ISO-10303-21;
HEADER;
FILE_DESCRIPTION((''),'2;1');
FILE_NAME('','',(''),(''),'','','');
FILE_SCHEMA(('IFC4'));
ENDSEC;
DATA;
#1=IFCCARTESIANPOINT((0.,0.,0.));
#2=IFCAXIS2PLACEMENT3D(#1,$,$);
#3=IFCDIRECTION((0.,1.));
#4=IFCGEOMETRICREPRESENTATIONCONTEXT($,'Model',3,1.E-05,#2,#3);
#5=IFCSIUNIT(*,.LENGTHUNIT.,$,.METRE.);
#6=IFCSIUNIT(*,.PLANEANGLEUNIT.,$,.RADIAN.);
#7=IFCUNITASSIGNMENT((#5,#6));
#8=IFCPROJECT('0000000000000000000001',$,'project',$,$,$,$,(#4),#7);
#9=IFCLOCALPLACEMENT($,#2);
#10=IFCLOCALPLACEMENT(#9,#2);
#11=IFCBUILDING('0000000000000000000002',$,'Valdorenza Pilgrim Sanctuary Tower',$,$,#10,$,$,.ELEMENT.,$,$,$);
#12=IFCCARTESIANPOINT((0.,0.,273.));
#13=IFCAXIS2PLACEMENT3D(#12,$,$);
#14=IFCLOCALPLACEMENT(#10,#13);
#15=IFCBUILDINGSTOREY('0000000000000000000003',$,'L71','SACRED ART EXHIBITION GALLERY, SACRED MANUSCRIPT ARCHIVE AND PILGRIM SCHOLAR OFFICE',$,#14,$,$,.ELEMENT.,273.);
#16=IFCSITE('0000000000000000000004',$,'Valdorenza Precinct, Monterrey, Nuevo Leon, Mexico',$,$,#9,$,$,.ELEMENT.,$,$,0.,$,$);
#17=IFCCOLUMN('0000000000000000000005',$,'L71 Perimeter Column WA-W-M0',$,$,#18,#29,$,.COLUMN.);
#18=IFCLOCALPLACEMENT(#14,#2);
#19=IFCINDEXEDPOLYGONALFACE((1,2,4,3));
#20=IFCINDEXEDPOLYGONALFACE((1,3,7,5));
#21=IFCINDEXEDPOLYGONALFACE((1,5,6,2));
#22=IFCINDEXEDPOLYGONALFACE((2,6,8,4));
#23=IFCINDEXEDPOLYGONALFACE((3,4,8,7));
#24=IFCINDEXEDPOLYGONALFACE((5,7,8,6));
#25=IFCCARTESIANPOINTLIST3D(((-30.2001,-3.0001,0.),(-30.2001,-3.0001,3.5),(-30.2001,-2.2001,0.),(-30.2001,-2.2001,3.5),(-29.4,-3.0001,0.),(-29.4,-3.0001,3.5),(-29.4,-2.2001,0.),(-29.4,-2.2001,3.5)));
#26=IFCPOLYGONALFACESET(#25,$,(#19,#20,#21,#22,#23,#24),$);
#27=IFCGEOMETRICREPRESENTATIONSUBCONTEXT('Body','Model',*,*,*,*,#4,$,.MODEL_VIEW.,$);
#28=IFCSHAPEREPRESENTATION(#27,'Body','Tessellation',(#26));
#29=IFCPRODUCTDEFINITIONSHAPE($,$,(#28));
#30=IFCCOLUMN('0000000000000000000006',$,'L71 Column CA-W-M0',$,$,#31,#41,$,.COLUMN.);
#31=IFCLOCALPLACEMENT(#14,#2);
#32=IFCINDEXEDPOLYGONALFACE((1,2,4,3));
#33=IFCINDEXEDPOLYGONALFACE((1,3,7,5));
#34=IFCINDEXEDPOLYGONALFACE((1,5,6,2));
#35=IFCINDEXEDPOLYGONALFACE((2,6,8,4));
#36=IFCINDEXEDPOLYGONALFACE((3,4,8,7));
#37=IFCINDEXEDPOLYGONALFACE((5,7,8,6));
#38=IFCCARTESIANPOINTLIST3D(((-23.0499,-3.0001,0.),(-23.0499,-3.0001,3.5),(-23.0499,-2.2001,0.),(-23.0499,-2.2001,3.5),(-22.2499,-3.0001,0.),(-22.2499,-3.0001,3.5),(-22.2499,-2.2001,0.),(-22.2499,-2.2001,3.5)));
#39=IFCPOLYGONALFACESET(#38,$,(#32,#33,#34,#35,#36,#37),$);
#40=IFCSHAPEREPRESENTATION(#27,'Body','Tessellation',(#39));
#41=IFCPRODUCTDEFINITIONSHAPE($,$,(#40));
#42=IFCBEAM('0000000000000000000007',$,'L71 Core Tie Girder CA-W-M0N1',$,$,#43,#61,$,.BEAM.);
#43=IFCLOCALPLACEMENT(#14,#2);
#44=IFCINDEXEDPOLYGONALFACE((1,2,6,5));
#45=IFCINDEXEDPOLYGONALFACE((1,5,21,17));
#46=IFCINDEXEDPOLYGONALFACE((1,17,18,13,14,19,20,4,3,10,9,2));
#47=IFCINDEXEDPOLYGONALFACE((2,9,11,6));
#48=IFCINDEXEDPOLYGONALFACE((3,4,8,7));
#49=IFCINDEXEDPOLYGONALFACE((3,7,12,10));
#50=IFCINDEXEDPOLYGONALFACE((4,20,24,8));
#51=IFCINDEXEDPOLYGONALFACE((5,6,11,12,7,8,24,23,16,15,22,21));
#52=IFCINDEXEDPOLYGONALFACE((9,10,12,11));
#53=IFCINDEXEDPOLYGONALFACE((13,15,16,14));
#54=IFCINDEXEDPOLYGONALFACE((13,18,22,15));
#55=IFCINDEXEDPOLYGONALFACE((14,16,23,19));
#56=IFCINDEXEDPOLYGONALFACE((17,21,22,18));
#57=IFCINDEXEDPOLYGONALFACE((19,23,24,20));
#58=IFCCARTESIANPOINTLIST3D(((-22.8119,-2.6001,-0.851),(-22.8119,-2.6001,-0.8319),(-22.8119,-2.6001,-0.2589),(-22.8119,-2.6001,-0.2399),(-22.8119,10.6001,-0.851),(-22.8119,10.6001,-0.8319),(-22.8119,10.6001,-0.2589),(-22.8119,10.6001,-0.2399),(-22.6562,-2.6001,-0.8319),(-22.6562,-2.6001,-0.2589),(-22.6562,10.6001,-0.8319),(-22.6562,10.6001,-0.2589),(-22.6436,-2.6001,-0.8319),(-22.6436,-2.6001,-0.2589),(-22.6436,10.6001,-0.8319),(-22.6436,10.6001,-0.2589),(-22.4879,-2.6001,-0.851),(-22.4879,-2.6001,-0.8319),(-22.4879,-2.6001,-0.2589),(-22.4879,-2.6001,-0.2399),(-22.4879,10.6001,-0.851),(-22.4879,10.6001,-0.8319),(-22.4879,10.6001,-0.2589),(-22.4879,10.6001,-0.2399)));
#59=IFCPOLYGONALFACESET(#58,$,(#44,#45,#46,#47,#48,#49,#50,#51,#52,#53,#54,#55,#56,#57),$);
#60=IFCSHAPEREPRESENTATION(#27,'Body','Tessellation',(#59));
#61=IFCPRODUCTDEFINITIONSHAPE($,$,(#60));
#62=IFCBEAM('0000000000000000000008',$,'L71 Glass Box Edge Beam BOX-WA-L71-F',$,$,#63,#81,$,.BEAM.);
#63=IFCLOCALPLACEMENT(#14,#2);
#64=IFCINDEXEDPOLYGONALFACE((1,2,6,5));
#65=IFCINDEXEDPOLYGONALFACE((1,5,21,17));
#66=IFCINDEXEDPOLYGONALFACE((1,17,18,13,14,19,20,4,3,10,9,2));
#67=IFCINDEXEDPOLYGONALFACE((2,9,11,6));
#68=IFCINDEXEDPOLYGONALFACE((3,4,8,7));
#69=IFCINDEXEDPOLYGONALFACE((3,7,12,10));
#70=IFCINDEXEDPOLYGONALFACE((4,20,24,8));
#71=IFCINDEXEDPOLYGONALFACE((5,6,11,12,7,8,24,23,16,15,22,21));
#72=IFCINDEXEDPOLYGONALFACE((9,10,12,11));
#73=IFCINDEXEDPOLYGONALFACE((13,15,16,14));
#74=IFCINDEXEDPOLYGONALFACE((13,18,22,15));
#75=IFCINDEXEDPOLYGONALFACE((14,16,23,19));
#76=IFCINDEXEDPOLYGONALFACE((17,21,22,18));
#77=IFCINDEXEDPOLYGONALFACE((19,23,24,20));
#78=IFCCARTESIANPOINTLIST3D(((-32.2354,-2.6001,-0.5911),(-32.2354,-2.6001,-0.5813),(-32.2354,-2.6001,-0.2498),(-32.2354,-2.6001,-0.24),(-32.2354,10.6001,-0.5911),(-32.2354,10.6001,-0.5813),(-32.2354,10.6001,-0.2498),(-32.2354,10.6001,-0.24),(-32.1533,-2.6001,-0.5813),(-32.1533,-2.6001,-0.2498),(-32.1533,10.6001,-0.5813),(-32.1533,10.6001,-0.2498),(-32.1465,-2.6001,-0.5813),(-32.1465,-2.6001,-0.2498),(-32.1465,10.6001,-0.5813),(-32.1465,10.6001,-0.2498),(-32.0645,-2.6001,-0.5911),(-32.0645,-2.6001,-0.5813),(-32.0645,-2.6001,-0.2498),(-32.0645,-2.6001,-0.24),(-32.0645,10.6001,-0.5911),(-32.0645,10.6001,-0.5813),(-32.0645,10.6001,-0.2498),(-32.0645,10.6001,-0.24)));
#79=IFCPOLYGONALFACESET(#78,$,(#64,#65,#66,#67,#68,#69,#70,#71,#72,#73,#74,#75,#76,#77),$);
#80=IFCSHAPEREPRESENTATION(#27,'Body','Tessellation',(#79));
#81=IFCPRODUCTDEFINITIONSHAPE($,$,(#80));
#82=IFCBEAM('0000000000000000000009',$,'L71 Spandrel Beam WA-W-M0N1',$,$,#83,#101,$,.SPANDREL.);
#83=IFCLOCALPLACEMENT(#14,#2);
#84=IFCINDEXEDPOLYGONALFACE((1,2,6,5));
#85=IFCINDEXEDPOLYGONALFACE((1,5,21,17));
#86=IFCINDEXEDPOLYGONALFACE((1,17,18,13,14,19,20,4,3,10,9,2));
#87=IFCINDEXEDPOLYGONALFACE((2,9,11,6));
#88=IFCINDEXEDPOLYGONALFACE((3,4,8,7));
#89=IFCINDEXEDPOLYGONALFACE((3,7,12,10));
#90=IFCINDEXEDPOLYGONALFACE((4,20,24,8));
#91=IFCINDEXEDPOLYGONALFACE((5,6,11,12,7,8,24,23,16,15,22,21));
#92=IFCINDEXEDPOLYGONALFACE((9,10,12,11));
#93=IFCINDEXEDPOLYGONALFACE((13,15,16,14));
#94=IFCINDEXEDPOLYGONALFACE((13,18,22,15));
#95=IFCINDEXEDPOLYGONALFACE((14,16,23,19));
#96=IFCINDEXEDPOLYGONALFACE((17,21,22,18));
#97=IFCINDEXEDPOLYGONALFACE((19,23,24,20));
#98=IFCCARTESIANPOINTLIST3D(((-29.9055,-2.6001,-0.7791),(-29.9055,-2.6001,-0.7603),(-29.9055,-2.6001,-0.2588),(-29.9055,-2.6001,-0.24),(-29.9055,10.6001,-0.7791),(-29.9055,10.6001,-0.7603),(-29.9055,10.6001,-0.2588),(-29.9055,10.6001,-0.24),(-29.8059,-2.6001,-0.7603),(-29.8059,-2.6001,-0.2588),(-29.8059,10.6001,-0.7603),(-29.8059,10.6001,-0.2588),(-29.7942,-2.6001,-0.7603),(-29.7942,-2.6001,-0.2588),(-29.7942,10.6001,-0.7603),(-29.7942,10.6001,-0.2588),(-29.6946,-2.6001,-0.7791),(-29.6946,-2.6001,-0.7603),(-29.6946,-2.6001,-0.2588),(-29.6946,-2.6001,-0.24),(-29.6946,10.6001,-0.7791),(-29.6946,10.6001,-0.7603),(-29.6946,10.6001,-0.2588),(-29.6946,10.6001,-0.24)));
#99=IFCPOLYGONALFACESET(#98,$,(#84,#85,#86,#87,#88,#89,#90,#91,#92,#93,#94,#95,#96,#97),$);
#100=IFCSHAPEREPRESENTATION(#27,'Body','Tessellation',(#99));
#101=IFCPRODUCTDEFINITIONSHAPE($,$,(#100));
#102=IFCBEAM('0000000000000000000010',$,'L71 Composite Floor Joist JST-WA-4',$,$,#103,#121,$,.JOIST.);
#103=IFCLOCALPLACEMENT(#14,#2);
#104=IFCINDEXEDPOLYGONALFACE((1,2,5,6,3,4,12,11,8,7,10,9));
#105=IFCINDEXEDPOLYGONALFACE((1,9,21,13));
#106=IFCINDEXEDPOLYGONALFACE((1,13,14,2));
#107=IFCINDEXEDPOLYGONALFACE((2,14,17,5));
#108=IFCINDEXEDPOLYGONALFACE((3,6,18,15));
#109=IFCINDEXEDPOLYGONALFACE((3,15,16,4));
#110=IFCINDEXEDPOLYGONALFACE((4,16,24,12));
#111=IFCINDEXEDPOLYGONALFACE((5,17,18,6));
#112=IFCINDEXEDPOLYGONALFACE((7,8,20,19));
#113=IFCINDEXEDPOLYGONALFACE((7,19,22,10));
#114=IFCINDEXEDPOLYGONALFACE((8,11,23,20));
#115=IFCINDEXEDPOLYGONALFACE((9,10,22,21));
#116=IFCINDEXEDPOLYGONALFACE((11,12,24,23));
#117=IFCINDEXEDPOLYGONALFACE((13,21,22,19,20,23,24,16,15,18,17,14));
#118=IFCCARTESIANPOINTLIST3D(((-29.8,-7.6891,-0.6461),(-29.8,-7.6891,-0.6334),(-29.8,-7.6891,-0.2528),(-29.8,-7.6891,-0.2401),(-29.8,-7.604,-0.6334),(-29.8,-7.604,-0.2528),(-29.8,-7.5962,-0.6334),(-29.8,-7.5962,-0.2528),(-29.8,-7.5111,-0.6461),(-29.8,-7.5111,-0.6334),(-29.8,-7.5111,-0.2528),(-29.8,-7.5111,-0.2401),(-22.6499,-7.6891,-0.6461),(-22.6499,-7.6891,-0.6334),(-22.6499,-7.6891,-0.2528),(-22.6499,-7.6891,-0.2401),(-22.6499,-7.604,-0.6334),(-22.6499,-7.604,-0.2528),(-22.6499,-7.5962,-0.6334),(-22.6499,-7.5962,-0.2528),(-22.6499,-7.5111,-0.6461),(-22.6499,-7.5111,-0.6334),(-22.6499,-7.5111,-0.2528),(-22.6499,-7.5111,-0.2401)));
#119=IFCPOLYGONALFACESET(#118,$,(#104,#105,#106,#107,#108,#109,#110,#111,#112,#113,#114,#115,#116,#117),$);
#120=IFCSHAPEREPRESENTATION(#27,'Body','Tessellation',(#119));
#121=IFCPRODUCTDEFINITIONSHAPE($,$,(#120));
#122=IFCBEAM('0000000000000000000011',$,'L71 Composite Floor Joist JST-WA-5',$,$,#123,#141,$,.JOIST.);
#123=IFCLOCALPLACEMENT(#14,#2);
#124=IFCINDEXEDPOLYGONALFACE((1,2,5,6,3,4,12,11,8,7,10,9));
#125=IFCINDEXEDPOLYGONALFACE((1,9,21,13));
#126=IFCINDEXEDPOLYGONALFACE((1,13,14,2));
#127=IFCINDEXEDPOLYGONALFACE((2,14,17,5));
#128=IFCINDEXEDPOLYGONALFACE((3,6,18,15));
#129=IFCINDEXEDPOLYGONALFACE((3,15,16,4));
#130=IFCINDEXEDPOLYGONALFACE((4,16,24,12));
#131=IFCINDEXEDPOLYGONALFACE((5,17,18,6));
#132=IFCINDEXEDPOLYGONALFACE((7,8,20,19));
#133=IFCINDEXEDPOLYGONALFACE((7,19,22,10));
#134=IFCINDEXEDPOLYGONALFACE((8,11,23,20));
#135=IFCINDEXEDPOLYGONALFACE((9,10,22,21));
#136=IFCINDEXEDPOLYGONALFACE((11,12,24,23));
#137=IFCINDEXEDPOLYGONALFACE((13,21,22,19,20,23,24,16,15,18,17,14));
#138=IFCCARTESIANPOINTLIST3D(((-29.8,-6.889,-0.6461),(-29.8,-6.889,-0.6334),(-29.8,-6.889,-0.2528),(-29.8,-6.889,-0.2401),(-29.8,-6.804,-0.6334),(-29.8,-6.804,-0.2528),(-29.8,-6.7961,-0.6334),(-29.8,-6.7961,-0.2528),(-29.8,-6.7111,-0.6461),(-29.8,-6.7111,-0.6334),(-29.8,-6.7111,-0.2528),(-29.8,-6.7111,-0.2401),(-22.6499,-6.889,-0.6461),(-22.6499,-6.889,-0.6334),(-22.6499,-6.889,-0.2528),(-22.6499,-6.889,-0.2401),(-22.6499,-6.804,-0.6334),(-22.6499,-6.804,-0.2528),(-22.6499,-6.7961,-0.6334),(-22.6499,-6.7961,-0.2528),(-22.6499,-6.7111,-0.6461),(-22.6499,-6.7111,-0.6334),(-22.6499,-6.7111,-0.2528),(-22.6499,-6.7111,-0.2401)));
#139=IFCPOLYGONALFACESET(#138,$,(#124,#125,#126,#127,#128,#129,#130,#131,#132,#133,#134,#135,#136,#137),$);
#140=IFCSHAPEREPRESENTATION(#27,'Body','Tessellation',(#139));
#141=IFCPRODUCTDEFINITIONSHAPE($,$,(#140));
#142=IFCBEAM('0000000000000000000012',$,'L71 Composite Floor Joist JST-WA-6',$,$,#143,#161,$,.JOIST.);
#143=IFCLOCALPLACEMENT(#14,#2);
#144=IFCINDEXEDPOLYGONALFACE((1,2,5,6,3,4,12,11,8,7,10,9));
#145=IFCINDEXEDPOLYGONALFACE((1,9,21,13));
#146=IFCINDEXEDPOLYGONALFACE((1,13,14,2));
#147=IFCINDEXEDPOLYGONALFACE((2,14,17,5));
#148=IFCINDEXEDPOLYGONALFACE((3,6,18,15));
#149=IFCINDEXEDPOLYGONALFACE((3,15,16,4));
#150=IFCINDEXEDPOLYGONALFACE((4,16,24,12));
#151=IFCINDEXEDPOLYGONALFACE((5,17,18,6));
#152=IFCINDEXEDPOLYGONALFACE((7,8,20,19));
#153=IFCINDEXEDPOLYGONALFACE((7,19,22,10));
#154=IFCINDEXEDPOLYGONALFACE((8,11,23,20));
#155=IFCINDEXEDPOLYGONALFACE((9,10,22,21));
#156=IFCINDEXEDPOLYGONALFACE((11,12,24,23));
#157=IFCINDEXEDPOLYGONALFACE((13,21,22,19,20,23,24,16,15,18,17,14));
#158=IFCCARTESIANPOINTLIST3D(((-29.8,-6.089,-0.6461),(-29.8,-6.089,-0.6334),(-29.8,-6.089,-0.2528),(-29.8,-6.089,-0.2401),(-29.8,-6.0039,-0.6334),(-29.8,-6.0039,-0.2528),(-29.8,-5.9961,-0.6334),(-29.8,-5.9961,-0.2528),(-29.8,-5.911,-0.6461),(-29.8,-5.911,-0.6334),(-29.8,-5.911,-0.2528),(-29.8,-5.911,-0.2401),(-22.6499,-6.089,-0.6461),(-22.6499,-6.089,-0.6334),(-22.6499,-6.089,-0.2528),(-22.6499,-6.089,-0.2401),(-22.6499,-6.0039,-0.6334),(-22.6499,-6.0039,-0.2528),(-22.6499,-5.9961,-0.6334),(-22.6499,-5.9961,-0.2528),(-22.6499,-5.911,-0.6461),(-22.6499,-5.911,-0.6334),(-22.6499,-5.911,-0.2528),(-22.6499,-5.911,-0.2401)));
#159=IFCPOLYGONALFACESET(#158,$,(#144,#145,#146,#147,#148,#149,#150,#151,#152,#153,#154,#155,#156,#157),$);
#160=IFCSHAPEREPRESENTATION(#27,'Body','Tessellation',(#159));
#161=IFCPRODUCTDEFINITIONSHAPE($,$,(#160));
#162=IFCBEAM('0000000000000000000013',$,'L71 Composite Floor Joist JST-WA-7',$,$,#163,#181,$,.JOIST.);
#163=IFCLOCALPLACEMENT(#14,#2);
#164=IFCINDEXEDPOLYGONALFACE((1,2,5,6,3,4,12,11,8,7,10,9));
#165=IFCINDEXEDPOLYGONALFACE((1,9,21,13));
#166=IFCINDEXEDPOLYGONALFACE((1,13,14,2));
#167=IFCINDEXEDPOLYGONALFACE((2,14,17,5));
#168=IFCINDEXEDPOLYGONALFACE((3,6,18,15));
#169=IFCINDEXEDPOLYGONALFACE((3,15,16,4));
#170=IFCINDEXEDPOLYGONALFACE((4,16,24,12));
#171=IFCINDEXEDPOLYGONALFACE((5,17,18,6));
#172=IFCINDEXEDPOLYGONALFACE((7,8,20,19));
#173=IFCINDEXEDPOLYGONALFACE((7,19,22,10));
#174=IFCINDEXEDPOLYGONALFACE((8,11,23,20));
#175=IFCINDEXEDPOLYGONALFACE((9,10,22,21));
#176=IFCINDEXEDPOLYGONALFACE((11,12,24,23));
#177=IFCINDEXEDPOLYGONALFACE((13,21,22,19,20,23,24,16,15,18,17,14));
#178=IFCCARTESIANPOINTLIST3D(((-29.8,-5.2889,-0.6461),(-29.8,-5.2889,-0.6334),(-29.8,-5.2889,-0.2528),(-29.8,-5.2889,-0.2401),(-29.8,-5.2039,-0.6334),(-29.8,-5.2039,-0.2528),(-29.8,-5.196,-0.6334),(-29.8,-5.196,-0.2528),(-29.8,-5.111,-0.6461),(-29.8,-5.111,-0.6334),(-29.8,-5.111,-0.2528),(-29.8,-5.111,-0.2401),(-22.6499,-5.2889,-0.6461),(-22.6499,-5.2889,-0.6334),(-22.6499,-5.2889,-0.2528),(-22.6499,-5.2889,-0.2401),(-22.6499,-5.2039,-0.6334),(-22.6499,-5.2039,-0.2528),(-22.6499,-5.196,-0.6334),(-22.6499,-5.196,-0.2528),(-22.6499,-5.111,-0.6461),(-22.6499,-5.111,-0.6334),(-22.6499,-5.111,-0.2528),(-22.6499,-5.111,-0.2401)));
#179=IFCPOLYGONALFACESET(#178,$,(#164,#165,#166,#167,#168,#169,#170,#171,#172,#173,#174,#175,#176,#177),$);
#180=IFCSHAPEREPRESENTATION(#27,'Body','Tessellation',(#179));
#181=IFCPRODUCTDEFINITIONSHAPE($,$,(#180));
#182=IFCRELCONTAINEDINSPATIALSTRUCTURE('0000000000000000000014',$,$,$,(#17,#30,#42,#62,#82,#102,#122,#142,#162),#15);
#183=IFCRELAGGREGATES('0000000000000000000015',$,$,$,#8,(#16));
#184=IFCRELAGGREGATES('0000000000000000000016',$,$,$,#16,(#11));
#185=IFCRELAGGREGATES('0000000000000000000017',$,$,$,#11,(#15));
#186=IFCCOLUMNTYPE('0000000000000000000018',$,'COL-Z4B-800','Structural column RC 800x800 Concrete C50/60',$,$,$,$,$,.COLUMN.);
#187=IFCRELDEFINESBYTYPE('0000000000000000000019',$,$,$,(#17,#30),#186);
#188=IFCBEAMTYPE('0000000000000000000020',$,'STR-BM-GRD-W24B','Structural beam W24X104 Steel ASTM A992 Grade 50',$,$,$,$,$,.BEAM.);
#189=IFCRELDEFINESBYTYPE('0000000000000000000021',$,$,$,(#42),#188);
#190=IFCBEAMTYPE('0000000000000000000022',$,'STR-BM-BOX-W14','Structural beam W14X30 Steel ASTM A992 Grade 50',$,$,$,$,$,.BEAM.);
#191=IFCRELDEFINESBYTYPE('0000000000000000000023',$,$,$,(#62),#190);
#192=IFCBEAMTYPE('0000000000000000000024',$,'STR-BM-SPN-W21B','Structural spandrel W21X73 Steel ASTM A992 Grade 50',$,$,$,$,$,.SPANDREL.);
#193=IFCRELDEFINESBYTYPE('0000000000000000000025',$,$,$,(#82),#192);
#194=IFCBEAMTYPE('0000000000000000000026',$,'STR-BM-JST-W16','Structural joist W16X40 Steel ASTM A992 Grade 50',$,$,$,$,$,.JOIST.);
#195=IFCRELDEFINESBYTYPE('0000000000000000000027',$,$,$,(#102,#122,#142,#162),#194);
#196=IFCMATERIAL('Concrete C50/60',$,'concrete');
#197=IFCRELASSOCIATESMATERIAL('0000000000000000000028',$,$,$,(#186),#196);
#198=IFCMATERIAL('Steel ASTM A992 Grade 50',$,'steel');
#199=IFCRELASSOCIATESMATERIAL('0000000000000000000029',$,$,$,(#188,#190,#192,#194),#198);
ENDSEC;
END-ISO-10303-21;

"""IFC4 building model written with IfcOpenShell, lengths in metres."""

from ifc_helpers import new_model, si_unit, direction, frame, origin, origin_2d, place, context, subcontext, project, spatial, rectangle, i_section, extrude, source, transform, mapped, material, material_profile, profile_set, type_object, element, save


model = new_model("IFC4")

# Units and contexts
model_context = context("Model", 3, precision=1e-05, world=origin(), true_north=direction((0.0, 1.0)))
body_context = subcontext(model_context, "Body", "Model", "MODEL_VIEW")
ifc_project = project(units=[si_unit("LENGTHUNIT", "METRE"), si_unit("PLANEANGLEUNIT", "RADIAN")], contexts=[model_context])

# Site, building, storey
site_placement = place(None, origin())
site = spatial("IfcSite", under=ifc_project, at=site_placement, Name="Valdorenza Precinct, Monterrey, Nuevo Leon, Mexico", CompositionType="ELEMENT", RefElevation=0.0)
building_placement = place(site_placement, origin())
building = spatial("IfcBuilding", under=site, at=building_placement, Name="Valdorenza Pilgrim Sanctuary Tower", CompositionType="ELEMENT")
storey_placement = place(building_placement, frame((0.0, 0.0, 273.0)))
storey = spatial("IfcBuildingStorey", under=building, at=storey_placement, Name="L71", Description="SACRED ART EXHIBITION GALLERY, SACRED MANUSCRIPT ARCHIVE AND PILGRIM SCHOLAR OFFICE", CompositionType="ELEMENT", Elevation=273.0)

# Columns
ifc_material_1 = material(Name="Concrete C50/60", Category="concrete")
ifc_material_profile_1 = material_profile(ifc_material_1, rectangle(XDim=0.8, YDim=0.8, at=origin_2d()), Name="RC 800x800")
ifc_profile_set_1 = profile_set([ifc_material_profile_1], Name="Concrete C50/60")
column_type = type_object("IfcColumnType", Name="COL-Z4B-800", Description="Structural column RC 800x800 Concrete C50/60", PredefinedType="COLUMN", material=ifc_profile_set_1)
shared_shape_1 = source(origin(), body_context, "Body", "SweptSolid", [
    extrude(rectangle(XDim=0.8, YDim=0.8, at=origin_2d()), origin(), (0.0, 0.0, 1.0), 3.5),
])
for number, where, z_axis, x_axis, name in (
    (1, (-29.8, -2.6001, 0.0), (0.0, 0.0, 1.0), (1.0, 0.0, 0.0), "L71 Perimeter Column WA-W-M0"),
    (2, (-22.6499, -2.6001, 0.0), (0.0, 0.0, 1.0), (1.0, 0.0, 0.0), "L71 Column CA-W-M0"),
):
    element("IfcColumn", number, at=place(storey_placement, frame(where, z_axis=z_axis, x_axis=x_axis)), inside=storey, type_object=column_type, Name=name, PredefinedType="COLUMN", context=body_context, shape_type="MappedRepresentation", body=[
        mapped(shared_shape_1, transform((0.0, 0.0, 0.0), x_axis=(1.0, 0.0, 0.0), y_axis=(0.0, 1.0, 0.0), z_axis=(0.0, 0.0, 1.0), scale=1.0)),
    ])

# Beams
ifc_material_2 = material(Name="Steel ASTM A992 Grade 50", Category="steel")
ifc_material_profile_2 = material_profile(ifc_material_2, i_section(OverallWidth=0.324, OverallDepth=0.6111, WebThickness=0.0127, FlangeThickness=0.019, at=origin_2d()), Name="W24X104")
ifc_profile_set_2 = profile_set([ifc_material_profile_2], Name="Steel ASTM A992 Grade 50")
beam_type_1 = type_object("IfcBeamType", Name="STR-BM-GRD-W24B", Description="Structural beam W24X104 Steel ASTM A992 Grade 50", PredefinedType="BEAM", material=ifc_profile_set_2)
shared_shape_2 = source(origin(), body_context, "Body", "SweptSolid", [
    extrude(i_section(OverallWidth=0.324, OverallDepth=0.6111, WebThickness=0.0127, FlangeThickness=0.019, at=origin_2d()), origin(), (0.0, 0.0, 1.0), 13.2002),
])
beam_1_placement = place(storey_placement, frame((-22.6499, -2.6001, -0.5454), z_axis=(0.0, 1.0, 0.0), x_axis=(-1.0, 0.0, 0.0)))
element("IfcBeam", 3, at=beam_1_placement, inside=storey, type_object=beam_type_1, Name="L71 Core Tie Girder CA-W-M0N1", PredefinedType="BEAM", context=body_context, shape_type="MappedRepresentation", body=[
    mapped(shared_shape_2, transform((0.0, 0.0, 0.0), x_axis=(1.0, 0.0, 0.0), y_axis=(0.0, 1.0, 0.0), z_axis=(0.0, 0.0, 1.0), scale=1.0)),
])
ifc_material_profile_3 = material_profile(ifc_material_2, i_section(OverallWidth=0.1709, OverallDepth=0.3511, WebThickness=0.0068, FlangeThickness=0.0098, at=origin_2d()), Name="W14X30")
ifc_profile_set_3 = profile_set([ifc_material_profile_3], Name="Steel ASTM A992 Grade 50")
beam_type_2 = type_object("IfcBeamType", Name="STR-BM-BOX-W14", Description="Structural beam W14X30 Steel ASTM A992 Grade 50", PredefinedType="BEAM", material=ifc_profile_set_3)
shared_shape_3 = source(origin(), body_context, "Body", "SweptSolid", [
    extrude(i_section(OverallWidth=0.1709, OverallDepth=0.3511, WebThickness=0.0068, FlangeThickness=0.0098, at=origin_2d()), origin(), (0.0, 0.0, 1.0), 13.2002),
])
beam_2_placement = place(storey_placement, frame((-32.1499, -2.6001, -0.4155), z_axis=(0.0, 1.0, 0.0), x_axis=(-1.0, 0.0, 0.0)))
element("IfcBeam", 4, at=beam_2_placement, inside=storey, type_object=beam_type_2, Name="L71 Glass Box Edge Beam BOX-WA-L71-F", PredefinedType="BEAM", context=body_context, shape_type="MappedRepresentation", body=[
    mapped(shared_shape_3, transform((0.0, 0.0, 0.0), x_axis=(1.0, 0.0, 0.0), y_axis=(0.0, 1.0, 0.0), z_axis=(0.0, 0.0, 1.0), scale=1.0)),
])
ifc_material_profile_4 = material_profile(ifc_material_2, i_section(OverallWidth=0.2109, OverallDepth=0.5391, WebThickness=0.0117, FlangeThickness=0.0188, at=origin_2d()), Name="W21X73")
ifc_profile_set_4 = profile_set([ifc_material_profile_4], Name="Steel ASTM A992 Grade 50")
beam_type_3 = type_object("IfcBeamType", Name="STR-BM-SPN-W21B", Description="Structural spandrel W21X73 Steel ASTM A992 Grade 50", PredefinedType="SPANDREL", material=ifc_profile_set_4)
shared_shape_4 = source(origin(), body_context, "Body", "SweptSolid", [
    extrude(i_section(OverallWidth=0.2109, OverallDepth=0.5391, WebThickness=0.0117, FlangeThickness=0.0188, at=origin_2d()), origin(), (0.0, 0.0, 1.0), 13.2002),
])
beam_3_placement = place(storey_placement, frame((-29.8, -2.6001, -0.5095), z_axis=(0.0, 1.0, 0.0), x_axis=(-1.0, 0.0, 0.0)))
element("IfcBeam", 5, at=beam_3_placement, inside=storey, type_object=beam_type_3, Name="L71 Spandrel Beam WA-W-M0N1", PredefinedType="SPANDREL", context=body_context, shape_type="MappedRepresentation", body=[
    mapped(shared_shape_4, transform((0.0, 0.0, 0.0), x_axis=(1.0, 0.0, 0.0), y_axis=(0.0, 1.0, 0.0), z_axis=(0.0, 0.0, 1.0), scale=1.0)),
])
ifc_material_profile_5 = material_profile(ifc_material_2, i_section(OverallWidth=0.178, OverallDepth=0.406, WebThickness=0.0078, FlangeThickness=0.0127, at=origin_2d()), Name="W16X40")
ifc_profile_set_5 = profile_set([ifc_material_profile_5], Name="Steel ASTM A992 Grade 50")
beam_type_4 = type_object("IfcBeamType", Name="STR-BM-JST-W16", Description="Structural joist W16X40 Steel ASTM A992 Grade 50", PredefinedType="JOIST", material=ifc_profile_set_5)
shared_shape_5 = source(origin(), body_context, "Body", "SweptSolid", [
    extrude(i_section(OverallWidth=0.178, OverallDepth=0.406, WebThickness=0.0078, FlangeThickness=0.0127, at=origin_2d()), origin(), (0.0, 0.0, 1.0), 7.1501),
])
for number, where, z_axis, x_axis, name in (
    (6, (-29.8, -7.6001, -0.4431), (1.0, 0.0, 0.0), (0.0, 1.0, 0.0), "L71 Composite Floor Joist JST-WA-4"),
    (7, (-29.8, -6.8, -0.4431), (1.0, 0.0, 0.0), (0.0, 1.0, 0.0), "L71 Composite Floor Joist JST-WA-5"),
    (8, (-29.8, -6.0, -0.4431), (1.0, 0.0, 0.0), (0.0, 1.0, 0.0), "L71 Composite Floor Joist JST-WA-6"),
    (9, (-29.8, -5.2, -0.4431), (1.0, 0.0, 0.0), (0.0, 1.0, 0.0), "L71 Composite Floor Joist JST-WA-7"),
):
    element("IfcBeam", number, at=place(storey_placement, frame(where, z_axis=z_axis, x_axis=x_axis)), inside=storey, type_object=beam_type_4, Name=name, PredefinedType="JOIST", context=body_context, shape_type="MappedRepresentation", body=[
        mapped(shared_shape_5, transform((0.0, 0.0, 0.0), x_axis=(1.0, 0.0, 0.0), y_axis=(0.0, 1.0, 0.0), z_axis=(0.0, 0.0, 1.0), scale=1.0)),
    ])

save(model, "model.ifc")
